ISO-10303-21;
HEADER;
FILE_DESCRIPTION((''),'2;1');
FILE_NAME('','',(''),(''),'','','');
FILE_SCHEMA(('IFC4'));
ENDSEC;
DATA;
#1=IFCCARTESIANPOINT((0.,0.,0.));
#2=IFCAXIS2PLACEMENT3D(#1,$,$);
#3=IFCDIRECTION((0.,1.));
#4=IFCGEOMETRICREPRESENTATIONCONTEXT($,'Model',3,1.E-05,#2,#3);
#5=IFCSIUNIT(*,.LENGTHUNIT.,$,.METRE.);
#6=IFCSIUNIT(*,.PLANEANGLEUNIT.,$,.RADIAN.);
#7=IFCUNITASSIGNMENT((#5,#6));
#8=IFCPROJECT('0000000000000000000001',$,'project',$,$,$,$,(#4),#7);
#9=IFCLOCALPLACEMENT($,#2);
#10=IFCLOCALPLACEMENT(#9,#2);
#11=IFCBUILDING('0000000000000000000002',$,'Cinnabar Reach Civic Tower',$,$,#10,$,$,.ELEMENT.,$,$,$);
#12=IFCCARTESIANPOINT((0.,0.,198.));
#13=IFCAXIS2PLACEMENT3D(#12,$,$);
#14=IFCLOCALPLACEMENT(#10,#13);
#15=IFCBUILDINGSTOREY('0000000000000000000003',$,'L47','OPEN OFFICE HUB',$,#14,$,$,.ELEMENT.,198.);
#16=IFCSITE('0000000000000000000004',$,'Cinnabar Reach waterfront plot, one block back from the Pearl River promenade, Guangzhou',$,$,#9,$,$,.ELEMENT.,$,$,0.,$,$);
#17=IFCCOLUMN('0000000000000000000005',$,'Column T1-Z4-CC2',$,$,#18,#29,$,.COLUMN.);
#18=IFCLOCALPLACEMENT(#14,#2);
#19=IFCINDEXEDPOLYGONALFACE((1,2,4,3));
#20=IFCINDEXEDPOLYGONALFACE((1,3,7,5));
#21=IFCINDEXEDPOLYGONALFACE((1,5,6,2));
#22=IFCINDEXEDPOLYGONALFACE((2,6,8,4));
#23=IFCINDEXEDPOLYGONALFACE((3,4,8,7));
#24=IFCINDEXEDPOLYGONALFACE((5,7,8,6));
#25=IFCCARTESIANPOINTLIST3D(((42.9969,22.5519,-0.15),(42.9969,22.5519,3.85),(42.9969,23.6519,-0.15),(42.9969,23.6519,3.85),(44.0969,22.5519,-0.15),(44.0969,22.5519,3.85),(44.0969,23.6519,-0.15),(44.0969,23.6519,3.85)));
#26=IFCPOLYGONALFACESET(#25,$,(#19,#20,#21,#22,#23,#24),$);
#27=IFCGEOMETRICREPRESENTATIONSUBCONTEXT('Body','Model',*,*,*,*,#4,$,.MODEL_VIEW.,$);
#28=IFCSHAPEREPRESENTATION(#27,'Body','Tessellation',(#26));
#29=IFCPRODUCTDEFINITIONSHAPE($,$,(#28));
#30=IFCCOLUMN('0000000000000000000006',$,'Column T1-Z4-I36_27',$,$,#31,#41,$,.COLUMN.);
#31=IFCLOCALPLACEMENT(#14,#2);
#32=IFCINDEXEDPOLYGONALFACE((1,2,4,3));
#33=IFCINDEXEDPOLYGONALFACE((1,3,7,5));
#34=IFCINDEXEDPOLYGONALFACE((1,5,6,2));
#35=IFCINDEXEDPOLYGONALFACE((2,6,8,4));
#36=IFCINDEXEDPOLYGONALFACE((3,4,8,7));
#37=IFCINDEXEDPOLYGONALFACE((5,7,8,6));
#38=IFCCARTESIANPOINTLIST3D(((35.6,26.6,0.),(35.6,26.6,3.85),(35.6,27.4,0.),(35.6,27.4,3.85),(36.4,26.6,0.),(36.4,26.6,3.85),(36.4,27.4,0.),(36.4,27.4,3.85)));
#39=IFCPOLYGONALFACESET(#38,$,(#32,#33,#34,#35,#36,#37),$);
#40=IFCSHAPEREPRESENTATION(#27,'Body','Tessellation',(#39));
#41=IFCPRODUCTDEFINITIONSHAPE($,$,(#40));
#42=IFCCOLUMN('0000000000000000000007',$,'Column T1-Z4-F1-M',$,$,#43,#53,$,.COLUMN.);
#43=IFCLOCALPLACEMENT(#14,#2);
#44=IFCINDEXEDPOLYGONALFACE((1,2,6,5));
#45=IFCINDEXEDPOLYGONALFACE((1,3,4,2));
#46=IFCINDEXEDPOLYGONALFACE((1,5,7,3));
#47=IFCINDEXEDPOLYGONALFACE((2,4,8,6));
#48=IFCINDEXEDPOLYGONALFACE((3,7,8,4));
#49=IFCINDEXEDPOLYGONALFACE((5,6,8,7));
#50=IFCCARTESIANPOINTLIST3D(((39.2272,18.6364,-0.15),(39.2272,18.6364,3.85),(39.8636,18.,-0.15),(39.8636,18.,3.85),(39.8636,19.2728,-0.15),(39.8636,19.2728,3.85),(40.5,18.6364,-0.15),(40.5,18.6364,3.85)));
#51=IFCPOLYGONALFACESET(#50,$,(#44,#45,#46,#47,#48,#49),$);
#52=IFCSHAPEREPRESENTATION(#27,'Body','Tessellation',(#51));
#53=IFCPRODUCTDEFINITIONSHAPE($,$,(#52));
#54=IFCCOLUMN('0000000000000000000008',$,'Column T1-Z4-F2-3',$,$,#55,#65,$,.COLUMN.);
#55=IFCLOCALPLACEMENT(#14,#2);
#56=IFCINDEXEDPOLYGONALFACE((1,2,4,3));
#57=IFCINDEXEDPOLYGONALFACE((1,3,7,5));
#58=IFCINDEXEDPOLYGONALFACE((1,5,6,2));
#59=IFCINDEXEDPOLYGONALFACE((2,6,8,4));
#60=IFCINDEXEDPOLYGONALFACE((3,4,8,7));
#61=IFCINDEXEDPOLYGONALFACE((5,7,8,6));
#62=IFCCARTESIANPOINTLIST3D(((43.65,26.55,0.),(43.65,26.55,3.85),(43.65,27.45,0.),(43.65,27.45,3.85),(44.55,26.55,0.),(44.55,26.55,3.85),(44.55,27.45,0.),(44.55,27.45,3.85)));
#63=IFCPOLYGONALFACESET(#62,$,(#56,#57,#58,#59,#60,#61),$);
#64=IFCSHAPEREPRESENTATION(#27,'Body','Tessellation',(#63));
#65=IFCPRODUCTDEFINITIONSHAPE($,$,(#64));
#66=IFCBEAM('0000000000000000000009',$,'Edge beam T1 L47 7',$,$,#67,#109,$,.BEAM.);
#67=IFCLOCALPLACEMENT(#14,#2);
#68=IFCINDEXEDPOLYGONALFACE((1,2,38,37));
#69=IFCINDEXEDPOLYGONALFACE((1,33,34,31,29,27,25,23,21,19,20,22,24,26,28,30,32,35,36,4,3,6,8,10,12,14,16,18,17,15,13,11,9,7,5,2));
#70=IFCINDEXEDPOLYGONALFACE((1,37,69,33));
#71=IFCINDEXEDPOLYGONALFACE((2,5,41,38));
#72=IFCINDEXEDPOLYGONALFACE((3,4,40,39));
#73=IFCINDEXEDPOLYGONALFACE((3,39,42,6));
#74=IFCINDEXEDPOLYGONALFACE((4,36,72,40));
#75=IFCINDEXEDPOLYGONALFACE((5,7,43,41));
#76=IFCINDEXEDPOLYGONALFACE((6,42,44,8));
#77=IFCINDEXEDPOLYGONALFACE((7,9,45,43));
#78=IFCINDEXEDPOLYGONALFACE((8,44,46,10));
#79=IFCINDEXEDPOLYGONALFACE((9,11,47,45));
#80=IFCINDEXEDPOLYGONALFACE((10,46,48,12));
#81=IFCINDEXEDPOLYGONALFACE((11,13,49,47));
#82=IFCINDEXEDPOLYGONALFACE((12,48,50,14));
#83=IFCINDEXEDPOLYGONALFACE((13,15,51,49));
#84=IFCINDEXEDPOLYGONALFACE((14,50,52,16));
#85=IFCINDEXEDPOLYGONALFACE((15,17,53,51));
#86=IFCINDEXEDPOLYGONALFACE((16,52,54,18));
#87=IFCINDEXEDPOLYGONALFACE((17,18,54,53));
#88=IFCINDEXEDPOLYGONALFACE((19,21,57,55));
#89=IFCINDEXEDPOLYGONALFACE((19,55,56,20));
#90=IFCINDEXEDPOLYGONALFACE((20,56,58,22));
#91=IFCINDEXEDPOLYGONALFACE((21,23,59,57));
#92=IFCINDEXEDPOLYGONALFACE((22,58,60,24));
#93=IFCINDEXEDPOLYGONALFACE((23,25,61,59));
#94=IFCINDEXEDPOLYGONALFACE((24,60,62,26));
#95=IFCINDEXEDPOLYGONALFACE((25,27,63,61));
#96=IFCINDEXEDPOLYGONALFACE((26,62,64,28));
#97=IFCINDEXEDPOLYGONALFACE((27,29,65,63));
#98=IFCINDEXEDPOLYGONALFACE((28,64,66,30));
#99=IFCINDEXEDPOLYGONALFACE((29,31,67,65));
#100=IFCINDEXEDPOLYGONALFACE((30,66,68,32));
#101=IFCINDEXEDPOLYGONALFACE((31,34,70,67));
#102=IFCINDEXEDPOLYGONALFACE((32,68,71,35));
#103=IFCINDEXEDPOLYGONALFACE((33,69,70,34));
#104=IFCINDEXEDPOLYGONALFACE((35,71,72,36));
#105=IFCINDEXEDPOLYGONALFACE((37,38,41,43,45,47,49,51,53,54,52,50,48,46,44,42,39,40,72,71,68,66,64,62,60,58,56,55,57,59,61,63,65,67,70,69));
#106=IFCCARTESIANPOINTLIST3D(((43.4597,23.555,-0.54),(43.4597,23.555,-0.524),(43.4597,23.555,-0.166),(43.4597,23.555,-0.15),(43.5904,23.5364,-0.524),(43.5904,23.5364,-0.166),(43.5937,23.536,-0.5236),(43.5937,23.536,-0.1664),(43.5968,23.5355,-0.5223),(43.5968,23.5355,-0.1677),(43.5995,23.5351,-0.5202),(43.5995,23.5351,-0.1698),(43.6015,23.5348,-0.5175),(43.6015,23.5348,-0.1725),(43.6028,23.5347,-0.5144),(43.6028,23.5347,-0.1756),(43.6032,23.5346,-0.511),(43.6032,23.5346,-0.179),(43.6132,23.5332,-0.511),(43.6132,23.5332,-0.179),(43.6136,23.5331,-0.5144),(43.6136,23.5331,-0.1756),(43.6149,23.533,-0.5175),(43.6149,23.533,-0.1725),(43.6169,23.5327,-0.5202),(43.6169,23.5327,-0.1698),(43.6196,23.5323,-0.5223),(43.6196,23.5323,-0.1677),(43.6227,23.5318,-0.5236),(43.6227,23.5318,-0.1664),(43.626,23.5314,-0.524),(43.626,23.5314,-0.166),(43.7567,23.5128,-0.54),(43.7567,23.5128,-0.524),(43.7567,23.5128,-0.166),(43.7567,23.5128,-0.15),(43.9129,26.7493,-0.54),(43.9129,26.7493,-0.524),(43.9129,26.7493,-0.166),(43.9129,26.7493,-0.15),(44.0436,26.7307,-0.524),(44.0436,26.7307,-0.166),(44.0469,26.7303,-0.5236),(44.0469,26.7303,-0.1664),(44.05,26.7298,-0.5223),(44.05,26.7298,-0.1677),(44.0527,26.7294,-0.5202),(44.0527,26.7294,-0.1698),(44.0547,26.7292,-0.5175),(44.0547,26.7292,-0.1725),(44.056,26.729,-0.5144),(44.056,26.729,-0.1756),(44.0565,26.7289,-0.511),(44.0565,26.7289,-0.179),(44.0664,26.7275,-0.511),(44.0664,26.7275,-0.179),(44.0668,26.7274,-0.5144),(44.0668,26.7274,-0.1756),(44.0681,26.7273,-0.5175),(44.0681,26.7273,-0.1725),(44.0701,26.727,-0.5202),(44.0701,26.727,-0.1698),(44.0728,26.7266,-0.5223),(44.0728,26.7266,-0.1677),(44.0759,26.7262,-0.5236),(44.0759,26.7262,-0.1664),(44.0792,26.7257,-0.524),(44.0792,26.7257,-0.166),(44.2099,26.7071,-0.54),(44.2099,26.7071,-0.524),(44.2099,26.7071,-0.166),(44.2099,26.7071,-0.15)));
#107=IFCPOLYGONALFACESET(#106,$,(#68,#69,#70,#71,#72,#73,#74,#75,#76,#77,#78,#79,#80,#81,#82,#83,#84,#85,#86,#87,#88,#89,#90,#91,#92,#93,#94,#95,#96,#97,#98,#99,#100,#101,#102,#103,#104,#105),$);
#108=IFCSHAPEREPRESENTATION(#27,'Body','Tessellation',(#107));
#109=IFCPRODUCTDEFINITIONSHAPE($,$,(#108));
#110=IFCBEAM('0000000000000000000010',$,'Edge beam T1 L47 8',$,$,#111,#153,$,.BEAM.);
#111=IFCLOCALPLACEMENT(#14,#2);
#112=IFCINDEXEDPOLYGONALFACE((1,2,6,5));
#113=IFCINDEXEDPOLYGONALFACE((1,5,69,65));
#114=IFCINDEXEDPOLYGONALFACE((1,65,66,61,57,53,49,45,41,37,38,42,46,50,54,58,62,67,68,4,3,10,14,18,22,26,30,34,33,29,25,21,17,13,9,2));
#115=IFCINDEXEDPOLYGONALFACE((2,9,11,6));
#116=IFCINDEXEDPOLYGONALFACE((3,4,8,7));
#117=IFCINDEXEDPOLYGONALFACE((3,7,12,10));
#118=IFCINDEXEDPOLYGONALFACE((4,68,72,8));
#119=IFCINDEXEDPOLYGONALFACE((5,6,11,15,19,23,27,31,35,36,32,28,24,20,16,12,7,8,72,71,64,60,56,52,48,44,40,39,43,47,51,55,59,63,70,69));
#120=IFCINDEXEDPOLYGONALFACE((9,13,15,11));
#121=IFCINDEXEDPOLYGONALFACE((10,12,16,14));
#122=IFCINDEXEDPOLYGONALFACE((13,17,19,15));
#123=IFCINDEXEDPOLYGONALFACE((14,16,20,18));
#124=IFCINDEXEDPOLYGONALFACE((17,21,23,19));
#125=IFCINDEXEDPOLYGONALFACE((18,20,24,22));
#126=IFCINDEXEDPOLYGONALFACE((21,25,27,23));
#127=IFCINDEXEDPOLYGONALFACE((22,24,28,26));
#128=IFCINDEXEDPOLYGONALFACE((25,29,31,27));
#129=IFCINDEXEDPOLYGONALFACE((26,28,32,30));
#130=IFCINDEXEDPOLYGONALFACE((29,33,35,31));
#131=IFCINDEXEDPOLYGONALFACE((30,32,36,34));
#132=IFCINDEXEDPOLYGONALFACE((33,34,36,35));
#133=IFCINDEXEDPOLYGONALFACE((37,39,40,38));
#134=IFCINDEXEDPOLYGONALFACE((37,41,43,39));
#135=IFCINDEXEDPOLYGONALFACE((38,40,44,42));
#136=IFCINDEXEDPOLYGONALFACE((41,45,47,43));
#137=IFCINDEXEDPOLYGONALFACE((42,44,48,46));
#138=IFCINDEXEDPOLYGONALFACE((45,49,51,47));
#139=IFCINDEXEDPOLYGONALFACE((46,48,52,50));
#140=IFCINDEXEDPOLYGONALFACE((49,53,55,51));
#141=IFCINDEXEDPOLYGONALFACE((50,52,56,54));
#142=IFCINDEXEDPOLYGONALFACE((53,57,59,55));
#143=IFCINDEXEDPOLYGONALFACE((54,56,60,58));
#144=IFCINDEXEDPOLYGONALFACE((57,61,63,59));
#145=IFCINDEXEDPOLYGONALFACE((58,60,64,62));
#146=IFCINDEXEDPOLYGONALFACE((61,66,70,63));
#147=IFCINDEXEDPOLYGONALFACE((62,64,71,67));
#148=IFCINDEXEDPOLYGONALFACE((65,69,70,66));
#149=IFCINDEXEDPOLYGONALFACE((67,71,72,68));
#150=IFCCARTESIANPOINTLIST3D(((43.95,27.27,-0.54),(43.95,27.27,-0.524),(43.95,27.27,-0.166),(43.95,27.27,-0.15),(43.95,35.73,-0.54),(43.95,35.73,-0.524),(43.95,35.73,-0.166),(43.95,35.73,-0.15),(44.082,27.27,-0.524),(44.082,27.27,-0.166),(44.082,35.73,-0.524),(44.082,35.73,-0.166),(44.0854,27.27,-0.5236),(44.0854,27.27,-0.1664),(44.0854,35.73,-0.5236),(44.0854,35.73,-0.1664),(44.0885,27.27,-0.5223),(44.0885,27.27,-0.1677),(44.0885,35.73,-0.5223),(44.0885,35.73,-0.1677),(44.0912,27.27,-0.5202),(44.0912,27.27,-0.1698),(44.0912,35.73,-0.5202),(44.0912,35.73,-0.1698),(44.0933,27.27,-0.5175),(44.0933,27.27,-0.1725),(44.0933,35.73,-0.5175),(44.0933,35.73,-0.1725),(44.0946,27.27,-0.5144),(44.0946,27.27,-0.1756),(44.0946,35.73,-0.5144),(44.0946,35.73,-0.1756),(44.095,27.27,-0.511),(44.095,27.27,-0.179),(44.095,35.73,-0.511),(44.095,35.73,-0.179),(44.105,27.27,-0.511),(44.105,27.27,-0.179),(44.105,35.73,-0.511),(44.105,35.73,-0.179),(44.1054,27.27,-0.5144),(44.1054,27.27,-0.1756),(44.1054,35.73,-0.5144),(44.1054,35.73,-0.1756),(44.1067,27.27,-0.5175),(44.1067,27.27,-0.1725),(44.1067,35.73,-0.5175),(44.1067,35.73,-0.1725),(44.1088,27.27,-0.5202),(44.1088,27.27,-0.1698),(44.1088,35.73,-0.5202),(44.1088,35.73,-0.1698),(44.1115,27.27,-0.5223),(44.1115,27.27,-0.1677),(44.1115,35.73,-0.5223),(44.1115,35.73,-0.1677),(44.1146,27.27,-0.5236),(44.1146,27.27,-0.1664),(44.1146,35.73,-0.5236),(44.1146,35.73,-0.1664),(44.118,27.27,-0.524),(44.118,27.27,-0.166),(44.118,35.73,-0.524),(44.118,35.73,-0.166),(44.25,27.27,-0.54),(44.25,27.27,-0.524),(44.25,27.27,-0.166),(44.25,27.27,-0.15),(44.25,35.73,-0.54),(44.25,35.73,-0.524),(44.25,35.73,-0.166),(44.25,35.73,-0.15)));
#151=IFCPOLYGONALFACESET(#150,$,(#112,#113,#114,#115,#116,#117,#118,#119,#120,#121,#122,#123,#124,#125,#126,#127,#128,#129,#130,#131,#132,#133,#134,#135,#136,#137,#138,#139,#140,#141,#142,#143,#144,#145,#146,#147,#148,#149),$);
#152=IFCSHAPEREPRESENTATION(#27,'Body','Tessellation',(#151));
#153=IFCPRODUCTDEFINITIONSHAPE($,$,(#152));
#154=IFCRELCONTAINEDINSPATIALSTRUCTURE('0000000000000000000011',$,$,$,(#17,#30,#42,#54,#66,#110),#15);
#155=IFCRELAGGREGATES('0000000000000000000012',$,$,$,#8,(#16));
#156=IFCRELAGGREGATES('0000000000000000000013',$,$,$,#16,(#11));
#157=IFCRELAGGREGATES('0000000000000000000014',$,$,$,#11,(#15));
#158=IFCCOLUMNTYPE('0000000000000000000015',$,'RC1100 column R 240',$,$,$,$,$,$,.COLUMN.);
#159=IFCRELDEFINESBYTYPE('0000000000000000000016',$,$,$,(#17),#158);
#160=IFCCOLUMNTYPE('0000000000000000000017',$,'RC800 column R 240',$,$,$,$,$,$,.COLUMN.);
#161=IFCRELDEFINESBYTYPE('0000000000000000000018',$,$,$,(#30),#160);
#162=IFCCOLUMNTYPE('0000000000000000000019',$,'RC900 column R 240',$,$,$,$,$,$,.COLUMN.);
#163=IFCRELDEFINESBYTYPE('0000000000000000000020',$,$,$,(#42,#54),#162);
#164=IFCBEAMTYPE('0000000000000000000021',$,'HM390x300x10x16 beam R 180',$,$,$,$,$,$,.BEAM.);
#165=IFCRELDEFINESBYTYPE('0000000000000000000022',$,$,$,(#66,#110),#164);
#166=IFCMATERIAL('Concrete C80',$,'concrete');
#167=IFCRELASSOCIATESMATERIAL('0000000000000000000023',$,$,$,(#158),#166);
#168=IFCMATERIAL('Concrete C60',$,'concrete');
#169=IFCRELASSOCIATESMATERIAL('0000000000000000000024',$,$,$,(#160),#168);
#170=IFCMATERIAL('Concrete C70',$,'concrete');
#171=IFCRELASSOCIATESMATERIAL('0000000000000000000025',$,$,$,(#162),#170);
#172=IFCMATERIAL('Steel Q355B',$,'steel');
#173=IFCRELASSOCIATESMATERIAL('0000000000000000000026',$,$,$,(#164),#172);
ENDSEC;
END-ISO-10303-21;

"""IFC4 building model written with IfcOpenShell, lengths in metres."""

from ifc_helpers import new_model, si_unit, direction, frame, origin, origin_2d, place, context, subcontext, project, spatial, rectangle, i_section, extrude, material, material_profile, profile_set, type_object, element, save


model = new_model("IFC4")

# Units and contexts
model_context = context("Model", 3, precision=1e-05, world=origin(), true_north=direction((0.0, 1.0)))
body_context = subcontext(model_context, "Body", "Model", "MODEL_VIEW")
ifc_project = project(units=[si_unit("LENGTHUNIT", "METRE"), si_unit("PLANEANGLEUNIT", "RADIAN")], contexts=[model_context])

# Site, building, storey
site_placement = place(None, origin())
site = spatial("IfcSite", under=ifc_project, at=site_placement, Name="Cinnabar Reach waterfront plot, one block back from the Pearl River promenade, Guangzhou", CompositionType="ELEMENT", RefElevation=0.0)
building_placement = place(site_placement, origin())
building = spatial("IfcBuilding", under=site, at=building_placement, Name="Cinnabar Reach Civic Tower", CompositionType="ELEMENT")
storey_placement = place(building_placement, frame((0.0, 0.0, 198.0)))
storey = spatial("IfcBuildingStorey", under=building, at=storey_placement, Name="L47", Description="OPEN OFFICE HUB", CompositionType="ELEMENT", Elevation=198.0)

# Columns
ifc_material_1 = material(Name="Concrete C80", Category="concrete")
ifc_material_profile_1 = material_profile(ifc_material_1, rectangle(XDim=1.1, YDim=1.1, at=origin_2d()), Name="RC1100")
ifc_profile_set_1 = profile_set([ifc_material_profile_1], Name="Concrete C80")
column_type_1 = type_object("IfcColumnType", Name="RC1100 column R 240", PredefinedType="COLUMN", material=ifc_profile_set_1)
column_1_placement = place(storey_placement, frame((43.5469, 23.1019, -0.15), z_axis=(0.0, 0.0, 1.0), x_axis=(1.0, 0.0, 0.0)))
element("IfcColumn", 1, at=column_1_placement, inside=storey, type_object=column_type_1, Name="Column T1-Z4-CC2", PredefinedType="COLUMN", context=body_context, shape_type="SweptSolid", body=[
    extrude(rectangle(XDim=1.1, YDim=1.1, at=origin_2d()), origin(), (0.0, 0.0, 1.0), 4.0),
])
ifc_material_2 = material(Name="Concrete C60", Category="concrete")
ifc_material_profile_2 = material_profile(ifc_material_2, rectangle(XDim=0.8, YDim=0.8, at=origin_2d()), Name="RC800")
ifc_profile_set_2 = profile_set([ifc_material_profile_2], Name="Concrete C60")
column_type_2 = type_object("IfcColumnType", Name="RC800 column R 240", PredefinedType="COLUMN", material=ifc_profile_set_2)
column_2_placement = place(storey_placement, frame((36.0, 27.0, 0.0), z_axis=(0.0, 0.0, 1.0), x_axis=(1.0, 0.0, 0.0)))
element("IfcColumn", 2, at=column_2_placement, inside=storey, type_object=column_type_2, Name="Column T1-Z4-I36_27", PredefinedType="COLUMN", context=body_context, shape_type="SweptSolid", body=[
    extrude(rectangle(XDim=0.8, YDim=0.8, at=origin_2d()), origin(), (0.0, 0.0, 1.0), 3.85),
])
ifc_material_3 = material(Name="Concrete C70", Category="concrete")
ifc_material_profile_3 = material_profile(ifc_material_3, rectangle(XDim=0.9, YDim=0.9, at=origin_2d()), Name="RC900")
ifc_profile_set_3 = profile_set([ifc_material_profile_3], Name="Concrete C70")
column_type_3 = type_object("IfcColumnType", Name="RC900 column R 240", PredefinedType="COLUMN", material=ifc_profile_set_3)
column_3_placement = place(storey_placement, frame((39.8636, 18.6364, -0.15), z_axis=(0.0, 0.0, 1.0), x_axis=(0.707107, 0.707107, 0.0)))
element("IfcColumn", 3, at=column_3_placement, inside=storey, type_object=column_type_3, Name="Column T1-Z4-F1-M", PredefinedType="COLUMN", context=body_context, shape_type="SweptSolid", body=[
    extrude(rectangle(XDim=0.9, YDim=0.9, at=origin_2d()), origin(), (0.0, 0.0, 1.0), 4.0),
])
column_4_placement = place(storey_placement, frame((44.1, 27.0, 0.0), z_axis=(0.0, 0.0, 1.0), x_axis=(1.0, 0.0, 0.0)))
element("IfcColumn", 4, at=column_4_placement, inside=storey, type_object=column_type_3, Name="Column T1-Z4-F2-3", PredefinedType="COLUMN", context=body_context, shape_type="SweptSolid", body=[
    extrude(rectangle(XDim=0.9, YDim=0.9, at=origin_2d()), origin(), (0.0, 0.0, 1.0), 3.85),
])

# Beams
ifc_material_4 = material(Name="Steel Q355B", Category="steel")
ifc_material_profile_4 = material_profile(ifc_material_4, i_section(OverallWidth=0.3, OverallDepth=0.39, WebThickness=0.01, FlangeThickness=0.016, FilletRadius=0.013, at=origin_2d()), Name="HM390x300x10x16")
ifc_profile_set_4 = profile_set([ifc_material_profile_4], Name="Steel Q355B")
beam_type_1 = type_object("IfcBeamType", Name="HM390x300x10x16 beam R 180", PredefinedType="BEAM", material=ifc_profile_set_4)
beam_1_placement = place(storey_placement, frame((43.6082, 23.5339, -0.345), z_axis=(0.140471, 0.990085, 0.0), x_axis=(-0.990085, 0.140471, 0.0)))
element("IfcBeam", 5, at=beam_1_placement, inside=storey, type_object=beam_type_1, Name="Edge beam T1 L47 7", PredefinedType="BEAM", context=body_context, shape_type="SweptSolid", body=[
    extrude(i_section(OverallWidth=0.3, OverallDepth=0.39, WebThickness=0.01, FlangeThickness=0.016, FilletRadius=0.013, at=origin_2d()), origin(), (0.0, 0.0, 1.0), 3.2263),
])
beam_2_placement = place(storey_placement, frame((44.1, 27.27, -0.345), z_axis=(0.0, 1.0, 0.0), x_axis=(-1.0, 0.0, 0.0)))
element("IfcBeam", 6, at=beam_2_placement, inside=storey, type_object=beam_type_1, Name="Edge beam T1 L47 8", PredefinedType="BEAM", context=body_context, shape_type="SweptSolid", body=[
    extrude(i_section(OverallWidth=0.3, OverallDepth=0.39, WebThickness=0.01, FlangeThickness=0.016, FilletRadius=0.013, at=origin_2d()), origin(), (0.0, 0.0, 1.0), 8.46),
])

save(model, "model.ifc")
